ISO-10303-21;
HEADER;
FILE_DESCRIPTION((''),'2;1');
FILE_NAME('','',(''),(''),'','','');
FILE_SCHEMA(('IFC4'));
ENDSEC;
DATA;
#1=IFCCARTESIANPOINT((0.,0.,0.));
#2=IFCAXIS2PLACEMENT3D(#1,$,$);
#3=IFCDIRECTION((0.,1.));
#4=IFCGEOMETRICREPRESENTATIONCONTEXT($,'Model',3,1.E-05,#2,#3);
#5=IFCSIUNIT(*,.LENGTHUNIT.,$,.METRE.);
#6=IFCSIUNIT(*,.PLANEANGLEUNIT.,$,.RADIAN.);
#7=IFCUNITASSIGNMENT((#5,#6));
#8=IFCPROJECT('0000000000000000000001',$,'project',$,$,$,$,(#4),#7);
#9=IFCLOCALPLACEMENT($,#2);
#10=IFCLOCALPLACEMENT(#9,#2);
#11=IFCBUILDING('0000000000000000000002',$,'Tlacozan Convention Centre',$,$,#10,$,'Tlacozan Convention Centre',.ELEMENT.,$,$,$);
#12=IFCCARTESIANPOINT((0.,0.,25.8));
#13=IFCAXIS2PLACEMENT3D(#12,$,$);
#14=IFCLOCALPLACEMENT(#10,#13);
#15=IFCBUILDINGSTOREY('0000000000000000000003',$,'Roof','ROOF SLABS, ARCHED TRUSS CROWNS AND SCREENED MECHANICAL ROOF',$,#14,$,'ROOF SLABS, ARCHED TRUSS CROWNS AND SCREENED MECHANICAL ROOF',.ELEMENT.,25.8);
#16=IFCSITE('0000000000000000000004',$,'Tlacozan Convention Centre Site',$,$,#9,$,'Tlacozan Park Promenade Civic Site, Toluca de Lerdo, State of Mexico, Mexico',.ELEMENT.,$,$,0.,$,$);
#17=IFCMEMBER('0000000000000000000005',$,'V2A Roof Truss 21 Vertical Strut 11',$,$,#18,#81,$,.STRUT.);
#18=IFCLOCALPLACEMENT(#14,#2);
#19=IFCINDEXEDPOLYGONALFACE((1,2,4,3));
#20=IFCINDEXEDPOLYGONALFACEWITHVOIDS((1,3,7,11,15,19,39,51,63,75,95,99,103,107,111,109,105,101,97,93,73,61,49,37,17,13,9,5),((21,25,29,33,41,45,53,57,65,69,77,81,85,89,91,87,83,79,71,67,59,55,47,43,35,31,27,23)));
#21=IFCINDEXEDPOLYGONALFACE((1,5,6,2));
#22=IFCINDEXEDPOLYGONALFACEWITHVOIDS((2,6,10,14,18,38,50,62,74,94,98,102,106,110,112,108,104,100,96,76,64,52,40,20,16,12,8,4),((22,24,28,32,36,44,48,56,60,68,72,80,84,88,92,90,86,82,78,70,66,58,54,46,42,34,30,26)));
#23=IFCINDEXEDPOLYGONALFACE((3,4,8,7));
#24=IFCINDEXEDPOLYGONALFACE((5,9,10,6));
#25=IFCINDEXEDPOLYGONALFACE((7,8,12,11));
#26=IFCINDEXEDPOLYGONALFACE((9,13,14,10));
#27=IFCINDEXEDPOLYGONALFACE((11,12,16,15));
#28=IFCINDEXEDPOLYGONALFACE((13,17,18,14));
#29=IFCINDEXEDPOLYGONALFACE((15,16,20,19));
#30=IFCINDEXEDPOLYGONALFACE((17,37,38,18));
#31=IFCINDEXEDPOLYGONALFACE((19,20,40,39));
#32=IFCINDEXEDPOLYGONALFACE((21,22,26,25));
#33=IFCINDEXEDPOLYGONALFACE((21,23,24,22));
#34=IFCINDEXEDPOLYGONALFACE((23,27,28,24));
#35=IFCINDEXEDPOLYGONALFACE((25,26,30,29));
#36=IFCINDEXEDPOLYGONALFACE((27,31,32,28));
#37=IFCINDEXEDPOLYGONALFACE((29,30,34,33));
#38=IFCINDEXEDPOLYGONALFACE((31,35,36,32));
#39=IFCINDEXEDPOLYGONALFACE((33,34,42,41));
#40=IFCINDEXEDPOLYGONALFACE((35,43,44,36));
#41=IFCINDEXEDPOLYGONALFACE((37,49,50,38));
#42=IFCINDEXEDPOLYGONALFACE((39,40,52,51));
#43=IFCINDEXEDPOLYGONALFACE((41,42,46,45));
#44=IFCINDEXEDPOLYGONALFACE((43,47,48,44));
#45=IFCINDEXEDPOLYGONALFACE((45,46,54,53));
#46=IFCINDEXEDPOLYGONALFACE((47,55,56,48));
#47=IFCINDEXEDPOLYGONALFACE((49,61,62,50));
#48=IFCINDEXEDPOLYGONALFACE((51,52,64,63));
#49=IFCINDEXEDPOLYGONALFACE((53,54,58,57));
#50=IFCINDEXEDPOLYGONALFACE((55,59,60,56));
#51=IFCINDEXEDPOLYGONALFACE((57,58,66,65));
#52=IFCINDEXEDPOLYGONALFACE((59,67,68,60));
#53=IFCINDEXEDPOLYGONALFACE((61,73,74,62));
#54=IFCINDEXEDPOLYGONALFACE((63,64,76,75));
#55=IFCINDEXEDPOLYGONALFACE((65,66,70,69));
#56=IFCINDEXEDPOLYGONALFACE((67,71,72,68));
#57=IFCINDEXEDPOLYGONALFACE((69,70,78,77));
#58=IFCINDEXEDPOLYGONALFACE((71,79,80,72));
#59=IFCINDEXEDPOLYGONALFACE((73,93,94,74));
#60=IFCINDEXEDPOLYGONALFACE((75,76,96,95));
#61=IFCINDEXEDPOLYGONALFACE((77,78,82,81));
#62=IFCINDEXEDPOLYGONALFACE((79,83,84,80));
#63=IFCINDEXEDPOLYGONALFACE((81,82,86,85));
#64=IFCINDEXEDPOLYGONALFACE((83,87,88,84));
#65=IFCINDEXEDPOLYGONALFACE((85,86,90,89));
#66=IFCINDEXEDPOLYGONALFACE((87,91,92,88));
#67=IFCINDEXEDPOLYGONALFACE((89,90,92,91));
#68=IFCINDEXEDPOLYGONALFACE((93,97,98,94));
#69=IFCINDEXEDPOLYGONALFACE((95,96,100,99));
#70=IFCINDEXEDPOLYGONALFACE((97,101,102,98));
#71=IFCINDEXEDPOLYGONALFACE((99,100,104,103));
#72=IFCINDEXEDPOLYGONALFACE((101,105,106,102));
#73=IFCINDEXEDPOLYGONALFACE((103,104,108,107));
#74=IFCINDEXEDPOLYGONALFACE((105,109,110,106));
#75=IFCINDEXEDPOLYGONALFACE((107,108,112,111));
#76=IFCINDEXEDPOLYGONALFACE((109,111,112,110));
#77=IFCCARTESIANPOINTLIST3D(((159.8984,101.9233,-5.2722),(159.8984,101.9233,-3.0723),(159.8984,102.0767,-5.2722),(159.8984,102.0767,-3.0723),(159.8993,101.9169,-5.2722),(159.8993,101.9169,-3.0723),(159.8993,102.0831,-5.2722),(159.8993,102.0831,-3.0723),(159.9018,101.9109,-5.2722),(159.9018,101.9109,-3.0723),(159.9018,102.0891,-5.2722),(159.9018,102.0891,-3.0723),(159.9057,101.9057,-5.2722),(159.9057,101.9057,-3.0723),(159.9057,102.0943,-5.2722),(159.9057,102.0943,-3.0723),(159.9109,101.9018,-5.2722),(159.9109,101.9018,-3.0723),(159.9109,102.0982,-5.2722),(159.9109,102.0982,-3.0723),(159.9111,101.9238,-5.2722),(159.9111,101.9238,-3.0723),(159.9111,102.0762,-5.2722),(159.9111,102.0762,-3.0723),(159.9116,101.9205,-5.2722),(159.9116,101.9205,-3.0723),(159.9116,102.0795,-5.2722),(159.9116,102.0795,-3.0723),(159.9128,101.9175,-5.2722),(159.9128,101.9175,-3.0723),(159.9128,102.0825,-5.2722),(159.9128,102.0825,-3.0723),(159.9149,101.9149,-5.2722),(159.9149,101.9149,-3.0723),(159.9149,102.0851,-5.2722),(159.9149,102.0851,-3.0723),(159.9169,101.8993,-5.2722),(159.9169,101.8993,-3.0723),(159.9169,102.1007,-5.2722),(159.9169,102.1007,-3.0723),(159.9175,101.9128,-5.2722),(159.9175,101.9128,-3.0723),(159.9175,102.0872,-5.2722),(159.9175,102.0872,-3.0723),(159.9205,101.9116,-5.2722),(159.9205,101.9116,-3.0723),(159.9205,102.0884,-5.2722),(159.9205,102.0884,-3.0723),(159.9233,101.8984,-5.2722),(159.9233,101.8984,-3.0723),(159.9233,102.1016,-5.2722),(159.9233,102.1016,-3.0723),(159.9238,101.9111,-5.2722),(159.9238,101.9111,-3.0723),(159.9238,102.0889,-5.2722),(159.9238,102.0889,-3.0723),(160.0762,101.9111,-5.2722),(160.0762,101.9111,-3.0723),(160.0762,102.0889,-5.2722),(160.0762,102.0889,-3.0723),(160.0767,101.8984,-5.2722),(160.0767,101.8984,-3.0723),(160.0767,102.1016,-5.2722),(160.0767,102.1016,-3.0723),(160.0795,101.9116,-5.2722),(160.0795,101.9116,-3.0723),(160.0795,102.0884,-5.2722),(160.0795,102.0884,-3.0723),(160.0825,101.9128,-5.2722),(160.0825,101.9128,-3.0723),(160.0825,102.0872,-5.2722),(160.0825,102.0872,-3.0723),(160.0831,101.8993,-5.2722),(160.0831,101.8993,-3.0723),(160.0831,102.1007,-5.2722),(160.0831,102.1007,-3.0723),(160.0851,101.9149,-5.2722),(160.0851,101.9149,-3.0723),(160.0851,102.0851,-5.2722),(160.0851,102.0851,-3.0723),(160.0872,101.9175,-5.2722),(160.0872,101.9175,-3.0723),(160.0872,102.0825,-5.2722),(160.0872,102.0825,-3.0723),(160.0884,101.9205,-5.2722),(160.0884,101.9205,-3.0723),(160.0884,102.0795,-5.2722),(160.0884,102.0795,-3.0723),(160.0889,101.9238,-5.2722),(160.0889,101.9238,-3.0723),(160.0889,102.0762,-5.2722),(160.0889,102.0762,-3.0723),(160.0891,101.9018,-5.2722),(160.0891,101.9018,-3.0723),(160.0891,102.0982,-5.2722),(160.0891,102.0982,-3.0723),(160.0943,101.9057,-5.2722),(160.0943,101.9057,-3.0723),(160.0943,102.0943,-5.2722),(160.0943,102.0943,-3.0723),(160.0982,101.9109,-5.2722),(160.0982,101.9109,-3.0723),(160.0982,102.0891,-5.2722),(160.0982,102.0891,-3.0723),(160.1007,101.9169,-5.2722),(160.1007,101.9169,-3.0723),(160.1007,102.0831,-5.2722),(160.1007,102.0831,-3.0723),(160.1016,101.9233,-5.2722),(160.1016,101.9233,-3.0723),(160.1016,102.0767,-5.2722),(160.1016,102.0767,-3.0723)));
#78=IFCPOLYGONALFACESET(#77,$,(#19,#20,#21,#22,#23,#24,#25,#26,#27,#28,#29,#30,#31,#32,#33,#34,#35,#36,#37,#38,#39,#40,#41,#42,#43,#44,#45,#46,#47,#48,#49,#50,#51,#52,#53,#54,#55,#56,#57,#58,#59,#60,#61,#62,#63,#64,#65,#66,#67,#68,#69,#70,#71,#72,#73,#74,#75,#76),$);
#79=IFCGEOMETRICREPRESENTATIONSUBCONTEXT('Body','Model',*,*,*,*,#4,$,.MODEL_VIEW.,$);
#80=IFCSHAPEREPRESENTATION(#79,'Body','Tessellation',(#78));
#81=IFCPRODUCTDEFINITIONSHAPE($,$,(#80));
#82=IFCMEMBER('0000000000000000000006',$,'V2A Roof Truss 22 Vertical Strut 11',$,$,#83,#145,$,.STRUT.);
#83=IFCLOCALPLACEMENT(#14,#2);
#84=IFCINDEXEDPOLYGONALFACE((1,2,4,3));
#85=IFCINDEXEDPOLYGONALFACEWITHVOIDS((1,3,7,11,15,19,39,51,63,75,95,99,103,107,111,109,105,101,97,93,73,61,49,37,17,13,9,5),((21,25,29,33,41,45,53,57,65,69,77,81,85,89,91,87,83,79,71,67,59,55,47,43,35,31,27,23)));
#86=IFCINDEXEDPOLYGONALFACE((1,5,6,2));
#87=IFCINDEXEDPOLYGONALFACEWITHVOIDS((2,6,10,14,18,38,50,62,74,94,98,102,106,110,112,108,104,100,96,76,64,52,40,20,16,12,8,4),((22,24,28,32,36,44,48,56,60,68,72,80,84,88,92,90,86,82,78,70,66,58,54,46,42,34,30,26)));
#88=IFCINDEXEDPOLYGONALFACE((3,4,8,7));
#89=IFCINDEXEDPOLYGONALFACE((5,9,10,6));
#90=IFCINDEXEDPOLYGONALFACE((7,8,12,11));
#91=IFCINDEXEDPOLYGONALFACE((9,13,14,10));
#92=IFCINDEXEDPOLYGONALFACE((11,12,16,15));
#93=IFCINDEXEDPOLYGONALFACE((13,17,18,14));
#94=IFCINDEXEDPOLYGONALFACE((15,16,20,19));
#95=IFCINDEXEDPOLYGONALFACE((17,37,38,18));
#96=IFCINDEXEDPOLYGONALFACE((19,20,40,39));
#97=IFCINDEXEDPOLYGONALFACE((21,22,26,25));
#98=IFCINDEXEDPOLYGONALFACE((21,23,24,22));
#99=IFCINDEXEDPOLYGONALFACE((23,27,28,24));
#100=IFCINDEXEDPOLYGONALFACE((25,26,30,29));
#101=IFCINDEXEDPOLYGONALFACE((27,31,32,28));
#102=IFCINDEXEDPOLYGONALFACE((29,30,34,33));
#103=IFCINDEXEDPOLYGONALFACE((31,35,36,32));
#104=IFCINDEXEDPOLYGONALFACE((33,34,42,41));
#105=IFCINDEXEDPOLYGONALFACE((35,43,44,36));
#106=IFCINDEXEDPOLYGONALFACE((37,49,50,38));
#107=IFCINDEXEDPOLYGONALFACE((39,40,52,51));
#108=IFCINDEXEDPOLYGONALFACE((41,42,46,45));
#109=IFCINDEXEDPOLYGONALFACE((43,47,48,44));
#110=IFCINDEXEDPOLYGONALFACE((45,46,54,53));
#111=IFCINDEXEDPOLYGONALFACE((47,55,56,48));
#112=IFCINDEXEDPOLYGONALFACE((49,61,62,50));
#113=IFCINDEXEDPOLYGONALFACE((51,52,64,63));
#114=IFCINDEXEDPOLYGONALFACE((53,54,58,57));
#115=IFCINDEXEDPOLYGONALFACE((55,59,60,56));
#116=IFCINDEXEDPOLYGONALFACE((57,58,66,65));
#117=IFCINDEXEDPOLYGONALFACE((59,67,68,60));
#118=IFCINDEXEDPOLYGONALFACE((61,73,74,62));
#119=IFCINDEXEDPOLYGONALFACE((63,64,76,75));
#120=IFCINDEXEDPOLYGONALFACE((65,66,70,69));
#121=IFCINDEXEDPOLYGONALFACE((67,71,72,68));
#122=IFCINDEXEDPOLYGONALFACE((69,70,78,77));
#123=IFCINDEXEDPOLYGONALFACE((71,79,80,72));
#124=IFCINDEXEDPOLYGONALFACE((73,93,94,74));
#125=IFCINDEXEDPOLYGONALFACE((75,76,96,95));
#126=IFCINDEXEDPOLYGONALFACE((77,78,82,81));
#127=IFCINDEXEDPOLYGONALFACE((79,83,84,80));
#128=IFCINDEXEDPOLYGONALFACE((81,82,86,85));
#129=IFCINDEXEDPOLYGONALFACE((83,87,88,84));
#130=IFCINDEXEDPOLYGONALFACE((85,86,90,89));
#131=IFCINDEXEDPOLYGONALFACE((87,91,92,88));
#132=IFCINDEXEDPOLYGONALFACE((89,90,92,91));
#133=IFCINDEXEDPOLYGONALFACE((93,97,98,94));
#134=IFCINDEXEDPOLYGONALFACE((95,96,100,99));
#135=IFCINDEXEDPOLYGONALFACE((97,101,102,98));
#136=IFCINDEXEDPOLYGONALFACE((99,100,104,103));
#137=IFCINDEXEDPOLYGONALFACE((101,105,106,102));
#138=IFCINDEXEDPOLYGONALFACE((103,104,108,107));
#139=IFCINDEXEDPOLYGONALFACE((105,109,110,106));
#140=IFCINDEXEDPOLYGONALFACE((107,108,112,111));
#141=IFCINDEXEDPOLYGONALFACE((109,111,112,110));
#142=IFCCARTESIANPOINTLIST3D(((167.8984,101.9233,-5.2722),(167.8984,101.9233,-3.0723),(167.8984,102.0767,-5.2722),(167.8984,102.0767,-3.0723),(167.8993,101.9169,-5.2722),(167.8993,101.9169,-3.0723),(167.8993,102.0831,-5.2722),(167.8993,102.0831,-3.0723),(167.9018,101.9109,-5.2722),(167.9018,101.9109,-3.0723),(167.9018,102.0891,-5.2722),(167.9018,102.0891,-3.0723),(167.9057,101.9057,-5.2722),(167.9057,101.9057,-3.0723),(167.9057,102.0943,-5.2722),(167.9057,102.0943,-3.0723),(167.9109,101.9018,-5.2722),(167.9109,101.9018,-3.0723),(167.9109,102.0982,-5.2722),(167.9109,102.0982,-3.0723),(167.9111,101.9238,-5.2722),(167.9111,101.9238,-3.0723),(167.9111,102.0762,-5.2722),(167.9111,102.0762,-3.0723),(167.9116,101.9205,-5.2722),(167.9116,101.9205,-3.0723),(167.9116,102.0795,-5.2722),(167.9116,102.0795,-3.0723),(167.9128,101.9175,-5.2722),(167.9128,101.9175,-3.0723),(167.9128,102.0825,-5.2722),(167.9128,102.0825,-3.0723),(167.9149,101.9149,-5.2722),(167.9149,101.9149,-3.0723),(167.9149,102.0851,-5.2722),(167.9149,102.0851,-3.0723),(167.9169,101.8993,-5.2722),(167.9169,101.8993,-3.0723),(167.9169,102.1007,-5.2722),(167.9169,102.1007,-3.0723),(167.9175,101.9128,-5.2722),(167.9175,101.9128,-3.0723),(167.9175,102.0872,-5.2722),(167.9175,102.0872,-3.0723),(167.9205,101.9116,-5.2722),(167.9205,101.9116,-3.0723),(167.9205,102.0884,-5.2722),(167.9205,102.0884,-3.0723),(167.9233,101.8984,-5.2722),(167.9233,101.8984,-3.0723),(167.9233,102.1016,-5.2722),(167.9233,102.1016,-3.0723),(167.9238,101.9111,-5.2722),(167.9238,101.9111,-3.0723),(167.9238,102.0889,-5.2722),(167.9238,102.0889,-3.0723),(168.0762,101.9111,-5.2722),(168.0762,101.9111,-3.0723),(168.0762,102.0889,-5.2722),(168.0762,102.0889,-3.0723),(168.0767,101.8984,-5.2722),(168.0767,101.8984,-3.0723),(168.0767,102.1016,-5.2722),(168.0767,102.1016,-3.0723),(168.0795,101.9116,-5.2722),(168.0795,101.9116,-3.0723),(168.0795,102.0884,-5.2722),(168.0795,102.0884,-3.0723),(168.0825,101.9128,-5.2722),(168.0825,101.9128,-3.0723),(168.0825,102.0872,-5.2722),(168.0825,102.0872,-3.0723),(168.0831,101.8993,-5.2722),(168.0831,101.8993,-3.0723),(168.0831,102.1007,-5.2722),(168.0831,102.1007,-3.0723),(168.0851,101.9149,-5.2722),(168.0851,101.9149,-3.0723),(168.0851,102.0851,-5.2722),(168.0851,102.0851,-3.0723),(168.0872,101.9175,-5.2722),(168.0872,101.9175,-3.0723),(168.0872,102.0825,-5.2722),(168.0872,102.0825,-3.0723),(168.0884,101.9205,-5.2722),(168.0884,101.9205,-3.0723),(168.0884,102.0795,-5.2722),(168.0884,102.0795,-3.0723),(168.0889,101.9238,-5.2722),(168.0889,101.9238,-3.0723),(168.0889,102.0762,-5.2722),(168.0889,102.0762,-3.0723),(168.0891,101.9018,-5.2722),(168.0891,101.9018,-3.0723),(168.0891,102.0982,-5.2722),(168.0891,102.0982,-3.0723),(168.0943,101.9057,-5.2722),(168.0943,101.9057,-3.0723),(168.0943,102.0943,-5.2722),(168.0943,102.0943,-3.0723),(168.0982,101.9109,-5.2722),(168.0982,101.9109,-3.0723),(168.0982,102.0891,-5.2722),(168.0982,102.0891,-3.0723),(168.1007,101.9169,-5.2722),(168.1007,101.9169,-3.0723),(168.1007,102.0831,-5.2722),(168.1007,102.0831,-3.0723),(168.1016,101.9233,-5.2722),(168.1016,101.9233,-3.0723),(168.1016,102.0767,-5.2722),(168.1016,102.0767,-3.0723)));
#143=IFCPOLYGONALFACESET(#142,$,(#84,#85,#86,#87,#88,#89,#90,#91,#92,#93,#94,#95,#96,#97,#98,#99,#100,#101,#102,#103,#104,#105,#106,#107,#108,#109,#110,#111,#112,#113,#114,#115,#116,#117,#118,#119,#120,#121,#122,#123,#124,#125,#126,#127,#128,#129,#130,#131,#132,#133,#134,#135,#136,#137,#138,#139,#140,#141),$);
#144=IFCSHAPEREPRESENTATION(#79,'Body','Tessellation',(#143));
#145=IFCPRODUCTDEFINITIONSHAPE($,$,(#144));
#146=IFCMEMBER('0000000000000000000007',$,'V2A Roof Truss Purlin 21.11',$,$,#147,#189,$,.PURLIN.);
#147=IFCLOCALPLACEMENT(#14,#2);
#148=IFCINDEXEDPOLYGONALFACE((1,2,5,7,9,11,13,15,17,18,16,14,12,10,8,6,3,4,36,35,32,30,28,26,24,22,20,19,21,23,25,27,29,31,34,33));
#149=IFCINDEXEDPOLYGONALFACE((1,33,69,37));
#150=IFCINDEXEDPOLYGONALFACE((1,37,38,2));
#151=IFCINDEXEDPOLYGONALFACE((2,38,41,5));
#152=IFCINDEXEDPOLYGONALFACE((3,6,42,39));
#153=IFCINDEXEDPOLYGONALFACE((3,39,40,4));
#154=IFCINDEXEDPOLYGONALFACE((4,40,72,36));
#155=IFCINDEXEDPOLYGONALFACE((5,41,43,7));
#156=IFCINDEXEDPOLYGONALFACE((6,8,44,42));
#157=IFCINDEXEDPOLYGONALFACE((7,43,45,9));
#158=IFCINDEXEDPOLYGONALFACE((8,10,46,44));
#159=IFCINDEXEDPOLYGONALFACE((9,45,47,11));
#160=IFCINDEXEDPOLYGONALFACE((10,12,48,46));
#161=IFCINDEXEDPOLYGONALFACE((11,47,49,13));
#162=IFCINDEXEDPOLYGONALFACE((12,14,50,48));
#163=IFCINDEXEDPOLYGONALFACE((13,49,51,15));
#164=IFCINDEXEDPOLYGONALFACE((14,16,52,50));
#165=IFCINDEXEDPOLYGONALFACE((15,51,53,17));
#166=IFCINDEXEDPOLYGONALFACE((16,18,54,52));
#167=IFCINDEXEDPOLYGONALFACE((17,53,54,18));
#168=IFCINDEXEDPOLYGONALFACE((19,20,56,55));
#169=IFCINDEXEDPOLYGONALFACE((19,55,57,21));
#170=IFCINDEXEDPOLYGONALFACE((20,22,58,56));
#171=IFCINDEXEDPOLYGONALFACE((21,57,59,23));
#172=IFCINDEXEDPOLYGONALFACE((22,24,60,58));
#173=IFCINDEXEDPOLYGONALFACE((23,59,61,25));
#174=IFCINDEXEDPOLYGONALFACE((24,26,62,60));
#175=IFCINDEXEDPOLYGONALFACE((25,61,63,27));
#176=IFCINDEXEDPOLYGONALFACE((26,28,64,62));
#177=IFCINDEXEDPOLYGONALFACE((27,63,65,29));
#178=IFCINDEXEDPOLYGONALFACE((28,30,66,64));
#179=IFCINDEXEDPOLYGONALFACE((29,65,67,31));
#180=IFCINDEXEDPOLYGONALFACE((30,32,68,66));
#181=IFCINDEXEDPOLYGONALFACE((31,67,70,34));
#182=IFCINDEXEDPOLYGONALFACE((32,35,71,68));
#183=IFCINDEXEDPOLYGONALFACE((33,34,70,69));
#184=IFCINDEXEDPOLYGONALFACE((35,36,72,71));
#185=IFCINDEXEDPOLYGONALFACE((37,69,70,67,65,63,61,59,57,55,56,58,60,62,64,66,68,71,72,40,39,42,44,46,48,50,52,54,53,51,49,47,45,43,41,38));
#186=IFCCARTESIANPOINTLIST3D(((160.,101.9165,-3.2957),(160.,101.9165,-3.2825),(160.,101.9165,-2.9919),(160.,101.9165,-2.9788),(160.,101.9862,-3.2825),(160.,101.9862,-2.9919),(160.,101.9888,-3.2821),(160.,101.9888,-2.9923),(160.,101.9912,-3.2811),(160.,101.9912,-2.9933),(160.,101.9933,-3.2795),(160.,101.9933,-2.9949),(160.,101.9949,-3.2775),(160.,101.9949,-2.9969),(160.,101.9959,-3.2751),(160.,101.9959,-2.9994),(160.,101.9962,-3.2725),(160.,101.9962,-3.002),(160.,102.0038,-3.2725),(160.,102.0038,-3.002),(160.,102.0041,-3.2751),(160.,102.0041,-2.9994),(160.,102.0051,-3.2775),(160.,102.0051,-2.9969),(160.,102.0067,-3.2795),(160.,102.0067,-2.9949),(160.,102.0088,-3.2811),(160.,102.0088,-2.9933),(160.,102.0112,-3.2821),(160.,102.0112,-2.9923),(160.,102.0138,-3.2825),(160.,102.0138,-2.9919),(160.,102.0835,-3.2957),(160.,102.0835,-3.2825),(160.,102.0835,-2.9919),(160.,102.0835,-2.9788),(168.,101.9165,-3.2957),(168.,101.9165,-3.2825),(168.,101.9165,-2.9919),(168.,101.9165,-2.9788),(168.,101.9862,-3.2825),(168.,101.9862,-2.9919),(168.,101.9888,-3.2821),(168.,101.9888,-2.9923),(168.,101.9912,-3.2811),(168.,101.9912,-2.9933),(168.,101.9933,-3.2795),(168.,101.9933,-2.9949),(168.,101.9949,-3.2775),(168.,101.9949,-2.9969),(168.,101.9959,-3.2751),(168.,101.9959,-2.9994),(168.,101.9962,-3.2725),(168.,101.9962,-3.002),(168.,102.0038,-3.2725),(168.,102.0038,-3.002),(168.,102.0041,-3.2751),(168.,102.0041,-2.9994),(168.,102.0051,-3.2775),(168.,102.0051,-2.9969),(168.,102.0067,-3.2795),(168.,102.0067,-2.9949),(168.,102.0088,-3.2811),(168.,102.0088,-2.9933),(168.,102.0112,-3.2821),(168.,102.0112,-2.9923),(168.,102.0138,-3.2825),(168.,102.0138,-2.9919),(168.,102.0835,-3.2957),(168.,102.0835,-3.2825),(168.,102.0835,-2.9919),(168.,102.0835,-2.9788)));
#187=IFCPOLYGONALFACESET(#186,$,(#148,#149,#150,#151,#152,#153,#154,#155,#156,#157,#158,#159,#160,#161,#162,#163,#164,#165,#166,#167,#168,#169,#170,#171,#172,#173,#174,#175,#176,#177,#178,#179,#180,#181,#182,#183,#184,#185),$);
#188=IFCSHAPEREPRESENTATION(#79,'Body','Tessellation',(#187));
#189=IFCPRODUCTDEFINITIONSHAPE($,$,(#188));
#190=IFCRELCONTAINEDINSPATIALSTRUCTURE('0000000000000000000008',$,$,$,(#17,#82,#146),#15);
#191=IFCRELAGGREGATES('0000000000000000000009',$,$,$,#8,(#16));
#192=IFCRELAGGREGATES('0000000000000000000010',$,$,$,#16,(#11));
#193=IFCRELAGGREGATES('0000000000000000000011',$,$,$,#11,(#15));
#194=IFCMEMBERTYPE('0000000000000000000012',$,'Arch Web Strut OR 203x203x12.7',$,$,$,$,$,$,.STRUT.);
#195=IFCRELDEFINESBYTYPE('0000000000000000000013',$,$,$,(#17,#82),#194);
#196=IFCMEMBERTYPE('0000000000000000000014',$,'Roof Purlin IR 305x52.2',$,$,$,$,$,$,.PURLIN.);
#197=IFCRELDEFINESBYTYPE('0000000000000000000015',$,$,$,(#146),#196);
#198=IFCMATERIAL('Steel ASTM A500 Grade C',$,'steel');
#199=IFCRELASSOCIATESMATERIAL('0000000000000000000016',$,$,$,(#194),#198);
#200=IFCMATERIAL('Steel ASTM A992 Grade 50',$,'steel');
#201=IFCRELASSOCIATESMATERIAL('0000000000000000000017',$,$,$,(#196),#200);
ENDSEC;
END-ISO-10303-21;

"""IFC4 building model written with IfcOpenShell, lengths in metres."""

from ifc_helpers import new_model, si_unit, direction, frame, origin, origin_2d, place, context, subcontext, project, spatial, hollow_rectangle, i_section, extrude, material, material_profile, profile_set, type_object, element, save


model = new_model("IFC4")

# Units and contexts
model_context = context("Model", 3, precision=1e-05, world=origin(), true_north=direction((0.0, 1.0)))
body_context = subcontext(model_context, "Body", "Model", "MODEL_VIEW")
ifc_project = project(units=[si_unit("LENGTHUNIT", "METRE"), si_unit("PLANEANGLEUNIT", "RADIAN")], contexts=[model_context])

# Site, building, storey
site_placement = place(None, origin())
site = spatial("IfcSite", under=ifc_project, at=site_placement, Name="Tlacozan Convention Centre Site", LongName="Tlacozan Park Promenade Civic Site, Toluca de Lerdo, State of Mexico, Mexico", CompositionType="ELEMENT", RefElevation=0.0)
building_placement = place(site_placement, origin())
building = spatial("IfcBuilding", under=site, at=building_placement, Name="Tlacozan Convention Centre", LongName="Tlacozan Convention Centre", CompositionType="ELEMENT")
storey_placement = place(building_placement, frame((0.0, 0.0, 25.8)))
storey = spatial("IfcBuildingStorey", under=building, at=storey_placement, Name="Roof", Description="ROOF SLABS, ARCHED TRUSS CROWNS AND SCREENED MECHANICAL ROOF", LongName="ROOF SLABS, ARCHED TRUSS CROWNS AND SCREENED MECHANICAL ROOF", CompositionType="ELEMENT", Elevation=25.8)

# Members
ifc_material_1 = material(Name="Steel ASTM A500 Grade C", Category="steel")
ifc_material_profile_1 = material_profile(ifc_material_1, hollow_rectangle(XDim=0.2031, YDim=0.2031, WallThickness=0.0127, InnerFilletRadius=0.0127, OuterFilletRadius=0.0249, at=origin_2d()), Name="OR 203x203x12.7")
ifc_profile_set_1 = profile_set([ifc_material_profile_1], Name="Steel ASTM A500 Grade C")
member_type_1 = type_object("IfcMemberType", Name="Arch Web Strut OR 203x203x12.7", PredefinedType="STRUT", material=ifc_profile_set_1)
for number, where, z_axis, x_axis, name in (
    (1, (160.0, 102.0, -5.2722), (0.0, 0.0, 1.0), (1.0, 0.0, 0.0), "V2A Roof Truss 21 Vertical Strut 11"),
    (2, (168.0, 102.0, -5.2722), (0.0, 0.0, 1.0), (1.0, 0.0, 0.0), "V2A Roof Truss 22 Vertical Strut 11"),
):
    element("IfcMember", number, at=place(storey_placement, frame(where, z_axis=z_axis, x_axis=x_axis)), inside=storey, type_object=member_type_1, Name=name, PredefinedType="STRUT", context=body_context, shape_type="SweptSolid", body=[
        extrude(hollow_rectangle(XDim=0.2031, YDim=0.2031, WallThickness=0.0127, InnerFilletRadius=0.0127, OuterFilletRadius=0.0249, at=origin_2d()), origin(), (0.0, 0.0, 1.0), 2.2),
    ])
ifc_material_2 = material(Name="Steel ASTM A992 Grade 50", Category="steel")
ifc_material_profile_2 = material_profile(ifc_material_2, i_section(OverallWidth=0.167, OverallDepth=0.3169, WebThickness=0.0076, FlangeThickness=0.0132, FilletRadius=0.01, at=origin_2d()), Name="IR 305x52.2")
ifc_profile_set_2 = profile_set([ifc_material_profile_2], Name="Steel ASTM A992 Grade 50")
member_type_2 = type_object("IfcMemberType", Name="Roof Purlin IR 305x52.2", PredefinedType="PURLIN", material=ifc_profile_set_2)
member_1_placement = place(storey_placement, frame((160.0, 102.0, -3.1372), z_axis=(1.0, 0.0, 0.0), x_axis=(0.0, 1.0, 0.0)))
element("IfcMember", 3, at=member_1_placement, inside=storey, type_object=member_type_2, Name="V2A Roof Truss Purlin 21.11", PredefinedType="PURLIN", context=body_context, shape_type="SweptSolid", body=[
    extrude(i_section(OverallWidth=0.167, OverallDepth=0.3169, WebThickness=0.0076, FlangeThickness=0.0132, FilletRadius=0.01, at=origin_2d()), origin(), (0.0, 0.0, 1.0), 8.0),
])

save(model, "model.ifc")
